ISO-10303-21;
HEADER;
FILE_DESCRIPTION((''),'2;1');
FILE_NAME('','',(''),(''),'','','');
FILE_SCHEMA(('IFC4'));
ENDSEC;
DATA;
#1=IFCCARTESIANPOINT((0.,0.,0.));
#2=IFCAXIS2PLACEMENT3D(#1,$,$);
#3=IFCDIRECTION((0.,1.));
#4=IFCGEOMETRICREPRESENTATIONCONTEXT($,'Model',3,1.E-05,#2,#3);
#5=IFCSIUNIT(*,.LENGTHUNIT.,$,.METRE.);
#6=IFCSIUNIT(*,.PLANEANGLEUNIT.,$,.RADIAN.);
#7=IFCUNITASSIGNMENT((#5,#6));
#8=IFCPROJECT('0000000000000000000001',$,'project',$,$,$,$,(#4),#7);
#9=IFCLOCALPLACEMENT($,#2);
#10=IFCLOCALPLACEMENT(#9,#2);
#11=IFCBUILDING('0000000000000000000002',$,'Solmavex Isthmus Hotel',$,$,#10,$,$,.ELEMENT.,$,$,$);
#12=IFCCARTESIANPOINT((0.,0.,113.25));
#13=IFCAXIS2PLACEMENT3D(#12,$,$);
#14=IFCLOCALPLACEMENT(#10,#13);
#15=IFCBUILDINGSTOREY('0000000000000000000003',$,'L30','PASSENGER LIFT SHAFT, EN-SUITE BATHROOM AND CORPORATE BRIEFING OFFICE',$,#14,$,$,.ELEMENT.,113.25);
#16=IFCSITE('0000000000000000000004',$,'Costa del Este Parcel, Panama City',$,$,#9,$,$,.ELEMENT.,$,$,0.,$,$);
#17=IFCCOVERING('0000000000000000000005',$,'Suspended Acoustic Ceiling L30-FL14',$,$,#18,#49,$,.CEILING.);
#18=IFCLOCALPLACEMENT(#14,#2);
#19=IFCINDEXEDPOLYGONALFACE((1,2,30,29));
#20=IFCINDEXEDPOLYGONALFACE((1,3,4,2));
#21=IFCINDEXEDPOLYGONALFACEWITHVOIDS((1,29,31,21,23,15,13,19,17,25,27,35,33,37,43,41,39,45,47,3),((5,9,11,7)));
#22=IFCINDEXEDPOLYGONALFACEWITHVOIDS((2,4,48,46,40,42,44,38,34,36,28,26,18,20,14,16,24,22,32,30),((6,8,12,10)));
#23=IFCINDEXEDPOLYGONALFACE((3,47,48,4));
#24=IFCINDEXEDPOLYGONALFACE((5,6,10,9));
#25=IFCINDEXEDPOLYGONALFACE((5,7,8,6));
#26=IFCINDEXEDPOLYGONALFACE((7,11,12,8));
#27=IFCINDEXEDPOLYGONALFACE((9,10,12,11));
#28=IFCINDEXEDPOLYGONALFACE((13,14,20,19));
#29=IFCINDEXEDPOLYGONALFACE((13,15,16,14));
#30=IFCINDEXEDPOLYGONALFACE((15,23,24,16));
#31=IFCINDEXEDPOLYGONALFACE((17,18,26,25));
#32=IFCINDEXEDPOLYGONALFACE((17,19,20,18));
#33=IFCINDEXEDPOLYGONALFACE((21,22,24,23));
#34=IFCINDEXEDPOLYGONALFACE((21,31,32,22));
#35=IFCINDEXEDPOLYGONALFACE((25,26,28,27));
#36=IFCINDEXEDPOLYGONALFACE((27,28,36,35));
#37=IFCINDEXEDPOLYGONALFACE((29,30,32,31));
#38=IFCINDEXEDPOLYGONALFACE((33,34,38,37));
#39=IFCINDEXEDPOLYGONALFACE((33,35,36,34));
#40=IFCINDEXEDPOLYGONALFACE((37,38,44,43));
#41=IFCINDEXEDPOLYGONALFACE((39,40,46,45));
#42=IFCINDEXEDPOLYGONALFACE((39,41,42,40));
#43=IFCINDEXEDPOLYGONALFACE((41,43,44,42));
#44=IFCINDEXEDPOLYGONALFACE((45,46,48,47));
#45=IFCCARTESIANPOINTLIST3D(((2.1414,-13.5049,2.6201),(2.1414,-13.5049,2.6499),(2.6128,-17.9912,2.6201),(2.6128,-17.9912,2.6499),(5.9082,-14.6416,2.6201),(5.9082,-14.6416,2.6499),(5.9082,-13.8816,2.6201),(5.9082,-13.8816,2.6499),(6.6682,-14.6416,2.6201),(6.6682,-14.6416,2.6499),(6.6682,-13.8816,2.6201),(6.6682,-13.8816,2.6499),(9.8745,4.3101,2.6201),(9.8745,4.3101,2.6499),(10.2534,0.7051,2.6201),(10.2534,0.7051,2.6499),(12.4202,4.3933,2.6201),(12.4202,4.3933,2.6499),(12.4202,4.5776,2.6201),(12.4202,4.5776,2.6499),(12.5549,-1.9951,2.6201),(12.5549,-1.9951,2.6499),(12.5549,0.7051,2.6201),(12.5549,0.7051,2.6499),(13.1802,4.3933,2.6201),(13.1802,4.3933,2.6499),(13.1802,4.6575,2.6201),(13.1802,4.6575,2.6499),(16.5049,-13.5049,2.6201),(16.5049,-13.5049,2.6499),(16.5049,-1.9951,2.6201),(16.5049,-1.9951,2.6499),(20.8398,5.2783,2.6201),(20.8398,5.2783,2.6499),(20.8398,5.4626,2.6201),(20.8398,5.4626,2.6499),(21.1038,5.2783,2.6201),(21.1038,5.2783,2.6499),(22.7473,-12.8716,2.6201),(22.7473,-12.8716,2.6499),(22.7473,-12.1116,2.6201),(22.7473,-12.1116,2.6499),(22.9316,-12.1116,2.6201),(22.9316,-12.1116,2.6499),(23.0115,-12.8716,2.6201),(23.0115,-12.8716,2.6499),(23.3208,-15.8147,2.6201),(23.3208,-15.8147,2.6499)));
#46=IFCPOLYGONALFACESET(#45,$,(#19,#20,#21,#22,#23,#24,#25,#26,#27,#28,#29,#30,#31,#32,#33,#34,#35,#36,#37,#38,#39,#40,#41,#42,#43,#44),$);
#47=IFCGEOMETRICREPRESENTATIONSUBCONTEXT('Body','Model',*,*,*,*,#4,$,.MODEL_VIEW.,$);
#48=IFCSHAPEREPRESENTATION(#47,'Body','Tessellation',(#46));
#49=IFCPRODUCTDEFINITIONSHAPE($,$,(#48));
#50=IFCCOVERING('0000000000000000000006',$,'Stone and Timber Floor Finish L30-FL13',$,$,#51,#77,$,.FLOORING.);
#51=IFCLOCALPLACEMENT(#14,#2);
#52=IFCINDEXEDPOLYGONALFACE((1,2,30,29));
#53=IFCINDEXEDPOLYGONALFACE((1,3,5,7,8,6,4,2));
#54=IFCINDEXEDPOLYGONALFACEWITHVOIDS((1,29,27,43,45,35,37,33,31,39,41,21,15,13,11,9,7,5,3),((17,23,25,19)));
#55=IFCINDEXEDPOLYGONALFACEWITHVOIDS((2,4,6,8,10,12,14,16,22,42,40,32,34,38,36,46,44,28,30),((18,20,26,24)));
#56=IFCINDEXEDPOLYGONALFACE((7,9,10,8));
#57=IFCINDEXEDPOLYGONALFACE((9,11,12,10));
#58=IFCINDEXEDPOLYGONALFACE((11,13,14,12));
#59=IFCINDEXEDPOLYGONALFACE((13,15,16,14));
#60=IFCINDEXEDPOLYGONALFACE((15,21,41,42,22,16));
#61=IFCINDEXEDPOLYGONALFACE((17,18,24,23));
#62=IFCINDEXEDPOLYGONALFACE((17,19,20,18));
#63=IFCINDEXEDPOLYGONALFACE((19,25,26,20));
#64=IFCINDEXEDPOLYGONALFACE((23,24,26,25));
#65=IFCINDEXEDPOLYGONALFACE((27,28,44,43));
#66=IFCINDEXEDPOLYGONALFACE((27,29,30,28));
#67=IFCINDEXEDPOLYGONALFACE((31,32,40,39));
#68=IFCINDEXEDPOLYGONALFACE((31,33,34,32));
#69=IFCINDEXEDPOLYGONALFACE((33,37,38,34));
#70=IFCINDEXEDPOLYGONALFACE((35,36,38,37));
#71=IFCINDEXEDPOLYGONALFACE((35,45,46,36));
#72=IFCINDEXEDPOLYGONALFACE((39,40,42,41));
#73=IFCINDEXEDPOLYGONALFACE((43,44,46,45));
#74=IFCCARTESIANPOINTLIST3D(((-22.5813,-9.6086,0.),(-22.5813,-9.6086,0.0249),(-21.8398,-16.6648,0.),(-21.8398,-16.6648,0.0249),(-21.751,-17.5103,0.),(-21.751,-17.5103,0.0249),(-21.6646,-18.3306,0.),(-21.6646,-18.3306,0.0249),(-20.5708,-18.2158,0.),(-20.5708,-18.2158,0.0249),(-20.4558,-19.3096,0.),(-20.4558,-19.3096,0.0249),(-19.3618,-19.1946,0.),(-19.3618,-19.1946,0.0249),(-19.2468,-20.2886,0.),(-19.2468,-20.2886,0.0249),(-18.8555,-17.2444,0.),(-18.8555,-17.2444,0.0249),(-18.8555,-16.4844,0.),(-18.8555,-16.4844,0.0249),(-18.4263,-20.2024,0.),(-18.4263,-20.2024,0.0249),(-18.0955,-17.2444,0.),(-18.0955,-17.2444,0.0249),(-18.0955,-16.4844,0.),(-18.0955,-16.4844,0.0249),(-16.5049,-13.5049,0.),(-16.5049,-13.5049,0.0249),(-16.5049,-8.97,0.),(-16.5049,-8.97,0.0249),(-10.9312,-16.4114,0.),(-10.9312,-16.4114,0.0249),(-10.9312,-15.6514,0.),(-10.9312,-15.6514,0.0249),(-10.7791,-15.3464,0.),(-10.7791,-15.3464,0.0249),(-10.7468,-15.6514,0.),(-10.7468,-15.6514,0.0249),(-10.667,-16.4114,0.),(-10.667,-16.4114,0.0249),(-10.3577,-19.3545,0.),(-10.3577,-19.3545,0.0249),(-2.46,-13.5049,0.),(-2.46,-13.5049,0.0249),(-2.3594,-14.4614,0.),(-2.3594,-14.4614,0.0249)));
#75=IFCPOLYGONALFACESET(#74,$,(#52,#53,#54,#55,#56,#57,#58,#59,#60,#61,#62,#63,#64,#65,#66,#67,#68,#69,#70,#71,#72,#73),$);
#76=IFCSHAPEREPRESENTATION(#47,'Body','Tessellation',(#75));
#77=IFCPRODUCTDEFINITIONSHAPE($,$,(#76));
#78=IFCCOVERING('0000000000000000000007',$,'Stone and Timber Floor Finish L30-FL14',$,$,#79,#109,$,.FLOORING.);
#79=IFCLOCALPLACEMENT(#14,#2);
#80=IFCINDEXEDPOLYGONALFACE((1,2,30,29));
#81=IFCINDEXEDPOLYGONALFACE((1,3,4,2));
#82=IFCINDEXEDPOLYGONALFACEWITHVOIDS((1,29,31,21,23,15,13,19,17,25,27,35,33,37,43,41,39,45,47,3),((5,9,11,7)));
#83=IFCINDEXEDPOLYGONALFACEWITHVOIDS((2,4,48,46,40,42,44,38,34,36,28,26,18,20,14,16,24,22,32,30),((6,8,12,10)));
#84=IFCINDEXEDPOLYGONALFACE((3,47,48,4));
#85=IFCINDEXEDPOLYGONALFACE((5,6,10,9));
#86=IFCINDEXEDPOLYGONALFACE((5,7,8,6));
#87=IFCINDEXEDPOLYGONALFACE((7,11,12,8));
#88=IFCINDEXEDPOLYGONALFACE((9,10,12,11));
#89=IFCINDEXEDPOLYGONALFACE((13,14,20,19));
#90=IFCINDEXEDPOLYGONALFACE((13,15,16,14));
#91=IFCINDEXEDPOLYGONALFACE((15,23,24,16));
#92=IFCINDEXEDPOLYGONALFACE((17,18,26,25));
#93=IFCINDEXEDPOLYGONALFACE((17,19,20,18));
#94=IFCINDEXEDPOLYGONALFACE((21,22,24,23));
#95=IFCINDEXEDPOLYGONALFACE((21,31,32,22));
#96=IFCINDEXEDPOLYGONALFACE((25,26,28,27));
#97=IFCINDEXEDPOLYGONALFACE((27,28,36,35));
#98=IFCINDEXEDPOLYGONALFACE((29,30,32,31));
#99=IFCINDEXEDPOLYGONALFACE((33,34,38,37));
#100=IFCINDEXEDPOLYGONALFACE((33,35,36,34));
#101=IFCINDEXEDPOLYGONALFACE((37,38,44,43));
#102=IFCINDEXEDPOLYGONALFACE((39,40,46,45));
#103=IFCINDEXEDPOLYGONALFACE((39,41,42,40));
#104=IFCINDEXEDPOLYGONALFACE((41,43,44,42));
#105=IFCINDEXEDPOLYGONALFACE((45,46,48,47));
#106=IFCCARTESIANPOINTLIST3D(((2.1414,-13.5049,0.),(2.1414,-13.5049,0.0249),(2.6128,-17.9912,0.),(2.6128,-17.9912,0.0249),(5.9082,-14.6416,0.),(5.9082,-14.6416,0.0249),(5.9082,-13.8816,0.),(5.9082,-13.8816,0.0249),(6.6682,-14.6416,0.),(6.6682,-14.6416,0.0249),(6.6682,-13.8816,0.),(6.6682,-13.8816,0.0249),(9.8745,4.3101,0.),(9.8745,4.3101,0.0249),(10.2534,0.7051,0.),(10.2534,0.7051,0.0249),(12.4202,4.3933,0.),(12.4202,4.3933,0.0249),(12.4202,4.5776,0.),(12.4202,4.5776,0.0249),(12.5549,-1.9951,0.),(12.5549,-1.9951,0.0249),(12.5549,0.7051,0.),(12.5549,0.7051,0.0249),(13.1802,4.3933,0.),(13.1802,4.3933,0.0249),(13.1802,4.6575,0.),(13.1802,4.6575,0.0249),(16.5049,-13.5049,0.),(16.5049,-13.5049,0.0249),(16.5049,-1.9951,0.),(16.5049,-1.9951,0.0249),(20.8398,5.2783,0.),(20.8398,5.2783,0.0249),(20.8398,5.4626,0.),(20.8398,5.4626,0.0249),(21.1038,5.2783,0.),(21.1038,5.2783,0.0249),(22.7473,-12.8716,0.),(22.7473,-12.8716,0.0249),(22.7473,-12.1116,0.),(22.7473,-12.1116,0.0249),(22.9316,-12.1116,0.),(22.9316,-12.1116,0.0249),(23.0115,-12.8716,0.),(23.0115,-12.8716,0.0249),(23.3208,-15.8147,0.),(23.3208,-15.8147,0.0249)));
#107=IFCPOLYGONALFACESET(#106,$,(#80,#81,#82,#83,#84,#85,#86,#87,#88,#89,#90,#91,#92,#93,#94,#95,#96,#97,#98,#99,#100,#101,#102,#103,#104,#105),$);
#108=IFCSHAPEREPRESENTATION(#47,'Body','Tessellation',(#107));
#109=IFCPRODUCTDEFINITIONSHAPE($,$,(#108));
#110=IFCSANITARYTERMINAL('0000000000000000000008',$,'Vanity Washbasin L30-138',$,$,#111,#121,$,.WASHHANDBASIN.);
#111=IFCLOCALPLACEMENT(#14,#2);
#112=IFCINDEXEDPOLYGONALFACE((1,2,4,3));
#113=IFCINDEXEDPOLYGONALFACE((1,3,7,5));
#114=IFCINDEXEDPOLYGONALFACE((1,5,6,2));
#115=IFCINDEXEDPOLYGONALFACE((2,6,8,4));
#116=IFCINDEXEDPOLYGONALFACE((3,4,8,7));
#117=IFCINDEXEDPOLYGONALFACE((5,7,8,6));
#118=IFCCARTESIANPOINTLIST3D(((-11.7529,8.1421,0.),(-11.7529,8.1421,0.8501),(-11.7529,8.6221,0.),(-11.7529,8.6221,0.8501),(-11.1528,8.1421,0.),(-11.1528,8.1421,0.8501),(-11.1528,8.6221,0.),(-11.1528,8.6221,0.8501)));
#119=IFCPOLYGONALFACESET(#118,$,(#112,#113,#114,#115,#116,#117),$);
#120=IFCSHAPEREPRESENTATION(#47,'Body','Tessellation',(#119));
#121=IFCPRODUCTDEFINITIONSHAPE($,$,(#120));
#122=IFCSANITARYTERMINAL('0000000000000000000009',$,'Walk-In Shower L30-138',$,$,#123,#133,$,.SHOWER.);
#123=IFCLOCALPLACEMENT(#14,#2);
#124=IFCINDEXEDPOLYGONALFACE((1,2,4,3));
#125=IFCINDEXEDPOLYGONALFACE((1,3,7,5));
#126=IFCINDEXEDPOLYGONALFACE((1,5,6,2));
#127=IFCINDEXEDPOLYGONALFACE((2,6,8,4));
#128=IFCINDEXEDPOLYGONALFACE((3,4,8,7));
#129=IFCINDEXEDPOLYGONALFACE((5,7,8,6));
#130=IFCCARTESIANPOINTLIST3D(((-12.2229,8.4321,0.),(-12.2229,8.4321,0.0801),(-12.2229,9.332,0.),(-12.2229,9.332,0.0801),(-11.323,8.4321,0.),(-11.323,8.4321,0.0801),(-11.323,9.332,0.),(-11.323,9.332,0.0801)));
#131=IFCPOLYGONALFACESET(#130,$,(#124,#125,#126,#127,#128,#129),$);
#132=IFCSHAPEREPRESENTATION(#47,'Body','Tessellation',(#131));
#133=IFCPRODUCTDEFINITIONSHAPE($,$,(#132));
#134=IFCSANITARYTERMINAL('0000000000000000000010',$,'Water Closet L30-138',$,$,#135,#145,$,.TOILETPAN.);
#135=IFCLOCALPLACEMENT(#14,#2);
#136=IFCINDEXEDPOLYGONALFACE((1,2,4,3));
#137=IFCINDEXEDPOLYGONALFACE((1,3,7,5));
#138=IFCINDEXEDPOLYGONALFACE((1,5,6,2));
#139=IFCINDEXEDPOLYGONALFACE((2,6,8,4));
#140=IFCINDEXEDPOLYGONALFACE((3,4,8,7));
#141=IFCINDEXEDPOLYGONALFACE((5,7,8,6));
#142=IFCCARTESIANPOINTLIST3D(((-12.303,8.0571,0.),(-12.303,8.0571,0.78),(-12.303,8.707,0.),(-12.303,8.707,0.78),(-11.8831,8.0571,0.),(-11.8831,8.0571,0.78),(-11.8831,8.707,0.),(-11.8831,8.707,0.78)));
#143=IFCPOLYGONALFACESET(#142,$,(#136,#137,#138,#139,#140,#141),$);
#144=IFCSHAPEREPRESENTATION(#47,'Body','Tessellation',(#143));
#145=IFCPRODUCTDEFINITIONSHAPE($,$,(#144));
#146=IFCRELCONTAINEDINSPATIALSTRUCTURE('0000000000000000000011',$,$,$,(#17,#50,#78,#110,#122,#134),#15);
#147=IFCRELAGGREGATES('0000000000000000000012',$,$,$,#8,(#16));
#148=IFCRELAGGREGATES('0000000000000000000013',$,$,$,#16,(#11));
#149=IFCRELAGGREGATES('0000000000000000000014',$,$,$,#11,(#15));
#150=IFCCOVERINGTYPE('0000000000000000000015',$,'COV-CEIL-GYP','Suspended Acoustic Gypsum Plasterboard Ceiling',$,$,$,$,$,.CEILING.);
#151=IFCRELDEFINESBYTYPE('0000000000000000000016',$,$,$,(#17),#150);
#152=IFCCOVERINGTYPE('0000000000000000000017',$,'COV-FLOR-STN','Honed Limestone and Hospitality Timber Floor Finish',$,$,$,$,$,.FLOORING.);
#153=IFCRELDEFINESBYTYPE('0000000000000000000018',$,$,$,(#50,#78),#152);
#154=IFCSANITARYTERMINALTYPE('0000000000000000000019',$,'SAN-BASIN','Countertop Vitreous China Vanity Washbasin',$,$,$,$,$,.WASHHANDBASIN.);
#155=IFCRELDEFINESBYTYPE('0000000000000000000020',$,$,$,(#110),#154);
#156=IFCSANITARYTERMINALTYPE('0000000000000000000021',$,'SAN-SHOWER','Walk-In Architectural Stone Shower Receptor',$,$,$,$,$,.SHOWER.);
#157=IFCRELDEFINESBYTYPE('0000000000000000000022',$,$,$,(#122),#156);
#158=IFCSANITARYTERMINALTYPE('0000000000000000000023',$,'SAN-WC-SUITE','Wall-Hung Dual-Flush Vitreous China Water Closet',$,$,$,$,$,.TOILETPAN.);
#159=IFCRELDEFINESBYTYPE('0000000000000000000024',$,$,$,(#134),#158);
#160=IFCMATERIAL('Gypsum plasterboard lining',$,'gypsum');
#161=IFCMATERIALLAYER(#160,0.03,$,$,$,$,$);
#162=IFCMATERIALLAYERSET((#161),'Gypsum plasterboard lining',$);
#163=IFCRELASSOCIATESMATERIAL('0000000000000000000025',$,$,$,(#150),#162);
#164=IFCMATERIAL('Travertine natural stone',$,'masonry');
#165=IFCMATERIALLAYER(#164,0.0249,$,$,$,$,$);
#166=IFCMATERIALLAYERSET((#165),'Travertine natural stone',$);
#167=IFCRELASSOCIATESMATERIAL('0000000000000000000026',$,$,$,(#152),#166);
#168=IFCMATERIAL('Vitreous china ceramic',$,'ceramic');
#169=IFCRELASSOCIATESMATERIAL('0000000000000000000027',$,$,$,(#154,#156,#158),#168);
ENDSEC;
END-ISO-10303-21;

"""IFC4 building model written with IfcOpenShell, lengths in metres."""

from ifc_helpers import new_model, si_unit, direction, frame, origin, origin_2d, place, context, subcontext, project, spatial, polyline, rectangle, outline, extrude, material, layer, layer_set, type_object, element, save


model = new_model("IFC4")

# Units and contexts
model_context = context("Model", 3, precision=1e-05, world=origin(), true_north=direction((0.0, 1.0)))
body_context = subcontext(model_context, "Body", "Model", "MODEL_VIEW")
ifc_project = project(units=[si_unit("LENGTHUNIT", "METRE"), si_unit("PLANEANGLEUNIT", "RADIAN")], contexts=[model_context])

# Site, building, storey
site_placement = place(None, origin())
site = spatial("IfcSite", under=ifc_project, at=site_placement, Name="Costa del Este Parcel, Panama City", CompositionType="ELEMENT", RefElevation=0.0)
building_placement = place(site_placement, origin())
building = spatial("IfcBuilding", under=site, at=building_placement, Name="Solmavex Isthmus Hotel", CompositionType="ELEMENT")
storey_placement = place(building_placement, frame((0.0, 0.0, 113.25)))
storey = spatial("IfcBuildingStorey", under=building, at=storey_placement, Name="L30", Description="PASSENGER LIFT SHAFT, EN-SUITE BATHROOM AND CORPORATE BRIEFING OFFICE", CompositionType="ELEMENT", Elevation=113.25)

# Shared definitions
ifc_material_1 = material(Name="Gypsum plasterboard lining", Category="gypsum")

# Coverings
ifc_layer_1 = layer(ifc_material_1, 0.03)
ifc_layer_set_1 = layer_set([ifc_layer_1], Name="Gypsum plasterboard lining")
covering_type_1 = type_object("IfcCoveringType", Name="COV-CEIL-GYP", Description="Suspended Acoustic Gypsum Plasterboard Ceiling", PredefinedType="CEILING", material=ifc_layer_set_1)
covering_1_placement = place(storey_placement, frame((0.0, 0.0, 2.6201)))
element("IfcCovering", 1, at=covering_1_placement, inside=storey, type_object=covering_type_1, Name="Suspended Acoustic Ceiling L30-FL14", PredefinedType="CEILING", context=body_context, shape_type="SweptSolid", body=[
    extrude(outline(polyline([(13.1802, 4.6575), (13.1802, 4.3933), (12.4202, 4.3933), (12.4202, 4.5776), (9.8745, 4.3101), (10.2534, 0.7051), (12.5549, 0.7051), (12.5549, -1.9951), (16.5049, -1.9951), (16.5049, -13.5049), (2.1414, -13.5049), (2.6128, -17.9912), (23.3208, -15.8147), (23.0115, -12.8716), (22.7473, -12.8716), (22.7473, -12.1116), (22.9316, -12.1116), (21.1038, 5.2783), (20.8398, 5.2783), (20.8398, 5.4626), (13.1802, 4.6575)]), holes=[polyline([(5.9082, -14.6416), (5.9082, -13.8816), (6.6682, -13.8816), (6.6682, -14.6416), (5.9082, -14.6416)])]), origin(), (0.0, 0.0, 1.0), 0.0298),
])
ifc_material_2 = material(Name="Travertine natural stone", Category="masonry")
ifc_layer_2 = layer(ifc_material_2, 0.0249)
ifc_layer_set_2 = layer_set([ifc_layer_2], Name="Travertine natural stone")
covering_type_2 = type_object("IfcCoveringType", Name="COV-FLOR-STN", Description="Honed Limestone and Hospitality Timber Floor Finish", PredefinedType="FLOORING", material=ifc_layer_set_2)
covering_2_placement = place(storey_placement, origin())
element("IfcCovering", 2, at=covering_2_placement, inside=storey, type_object=covering_type_2, Name="Stone and Timber Floor Finish L30-FL13", PredefinedType="FLOORING", context=body_context, shape_type="SweptSolid", body=[
    extrude(outline(polyline([(-10.667, -16.4114), (-10.9312, -16.4114), (-10.9312, -15.6514), (-10.7468, -15.6514), (-10.7791, -15.3464), (-2.3594, -14.4614), (-2.46, -13.5049), (-16.5049, -13.5049), (-16.5049, -8.97), (-22.5813, -9.6086), (-21.8398, -16.6648), (-21.751, -17.5103), (-21.6646, -18.3306), (-20.5708, -18.2158), (-20.4558, -19.3096), (-19.3618, -19.1946), (-19.2468, -20.2886), (-18.4263, -20.2024), (-10.3577, -19.3545), (-10.667, -16.4114)]), holes=[polyline([(-18.8555, -17.2444), (-18.8555, -16.4844), (-18.0955, -16.4844), (-18.0955, -17.2444), (-18.8555, -17.2444)])]), origin(), (0.0, 0.0, 1.0), 0.0249),
])
covering_3_placement = place(storey_placement, origin())
element("IfcCovering", 3, at=covering_3_placement, inside=storey, type_object=covering_type_2, Name="Stone and Timber Floor Finish L30-FL14", PredefinedType="FLOORING", context=body_context, shape_type="SweptSolid", body=[
    extrude(outline(polyline([(13.1802, 4.6575), (13.1802, 4.3933), (12.4202, 4.3933), (12.4202, 4.5776), (9.8745, 4.3101), (10.2534, 0.7051), (12.5549, 0.7051), (12.5549, -1.9951), (16.5049, -1.9951), (16.5049, -13.5049), (2.1414, -13.5049), (2.6128, -17.9912), (23.3208, -15.8147), (23.0115, -12.8716), (22.7473, -12.8716), (22.7473, -12.1116), (22.9316, -12.1116), (21.1038, 5.2783), (20.8398, 5.2783), (20.8398, 5.4626), (13.1802, 4.6575)]), holes=[polyline([(5.9082, -14.6416), (5.9082, -13.8816), (6.6682, -13.8816), (6.6682, -14.6416), (5.9082, -14.6416)])]), origin(), (0.0, 0.0, 1.0), 0.0249),
])

# Sanitary terminals
ifc_material_3 = material(Name="Vitreous china ceramic", Category="ceramic")
sanitary_terminal_type_1 = type_object("IfcSanitaryTerminalType", Name="SAN-BASIN", Description="Countertop Vitreous China Vanity Washbasin", PredefinedType="WASHHANDBASIN", material=ifc_material_3)
sanitary_terminal_1_placement = place(storey_placement, frame((-11.4529, 8.3821, 0.0), z_axis=(0.0, 0.0, 1.0), x_axis=(1.0, 0.0, 0.0)))
element("IfcSanitaryTerminal", 4, at=sanitary_terminal_1_placement, inside=storey, type_object=sanitary_terminal_type_1, Name="Vanity Washbasin L30-138", PredefinedType="WASHHANDBASIN", context=body_context, shape_type="SweptSolid", body=[
    extrude(rectangle(XDim=0.6001, YDim=0.48, at=origin_2d()), origin(), (0.0, 0.0, 1.0), 0.8501),
])
sanitary_terminal_type_2 = type_object("IfcSanitaryTerminalType", Name="SAN-SHOWER", Description="Walk-In Architectural Stone Shower Receptor", PredefinedType="SHOWER", material=ifc_material_3)
sanitary_terminal_2_placement = place(storey_placement, frame((-11.7729, 8.8821, 0.0), z_axis=(0.0, 0.0, 1.0), x_axis=(1.0, 0.0, 0.0)))
element("IfcSanitaryTerminal", 5, at=sanitary_terminal_2_placement, inside=storey, type_object=sanitary_terminal_type_2, Name="Walk-In Shower L30-138", PredefinedType="SHOWER", context=body_context, shape_type="SweptSolid", body=[
    extrude(rectangle(XDim=0.8999, YDim=0.8999, at=origin_2d()), origin(), (0.0, 0.0, 1.0), 0.0801),
])
sanitary_terminal_type_3 = type_object("IfcSanitaryTerminalType", Name="SAN-WC-SUITE", Description="Wall-Hung Dual-Flush Vitreous China Water Closet", PredefinedType="TOILETPAN", material=ifc_material_3)
sanitary_terminal_3_placement = place(storey_placement, frame((-12.093, 8.3821, 0.0), z_axis=(0.0, 0.0, 1.0), x_axis=(1.0, 0.0, 0.0)))
element("IfcSanitaryTerminal", 6, at=sanitary_terminal_3_placement, inside=storey, type_object=sanitary_terminal_type_3, Name="Water Closet L30-138", PredefinedType="TOILETPAN", context=body_context, shape_type="SweptSolid", body=[
    extrude(rectangle(XDim=0.4199, YDim=0.6499, at=origin_2d()), origin(), (0.0, 0.0, 1.0), 0.78),
])

save(model, "model.ifc")
